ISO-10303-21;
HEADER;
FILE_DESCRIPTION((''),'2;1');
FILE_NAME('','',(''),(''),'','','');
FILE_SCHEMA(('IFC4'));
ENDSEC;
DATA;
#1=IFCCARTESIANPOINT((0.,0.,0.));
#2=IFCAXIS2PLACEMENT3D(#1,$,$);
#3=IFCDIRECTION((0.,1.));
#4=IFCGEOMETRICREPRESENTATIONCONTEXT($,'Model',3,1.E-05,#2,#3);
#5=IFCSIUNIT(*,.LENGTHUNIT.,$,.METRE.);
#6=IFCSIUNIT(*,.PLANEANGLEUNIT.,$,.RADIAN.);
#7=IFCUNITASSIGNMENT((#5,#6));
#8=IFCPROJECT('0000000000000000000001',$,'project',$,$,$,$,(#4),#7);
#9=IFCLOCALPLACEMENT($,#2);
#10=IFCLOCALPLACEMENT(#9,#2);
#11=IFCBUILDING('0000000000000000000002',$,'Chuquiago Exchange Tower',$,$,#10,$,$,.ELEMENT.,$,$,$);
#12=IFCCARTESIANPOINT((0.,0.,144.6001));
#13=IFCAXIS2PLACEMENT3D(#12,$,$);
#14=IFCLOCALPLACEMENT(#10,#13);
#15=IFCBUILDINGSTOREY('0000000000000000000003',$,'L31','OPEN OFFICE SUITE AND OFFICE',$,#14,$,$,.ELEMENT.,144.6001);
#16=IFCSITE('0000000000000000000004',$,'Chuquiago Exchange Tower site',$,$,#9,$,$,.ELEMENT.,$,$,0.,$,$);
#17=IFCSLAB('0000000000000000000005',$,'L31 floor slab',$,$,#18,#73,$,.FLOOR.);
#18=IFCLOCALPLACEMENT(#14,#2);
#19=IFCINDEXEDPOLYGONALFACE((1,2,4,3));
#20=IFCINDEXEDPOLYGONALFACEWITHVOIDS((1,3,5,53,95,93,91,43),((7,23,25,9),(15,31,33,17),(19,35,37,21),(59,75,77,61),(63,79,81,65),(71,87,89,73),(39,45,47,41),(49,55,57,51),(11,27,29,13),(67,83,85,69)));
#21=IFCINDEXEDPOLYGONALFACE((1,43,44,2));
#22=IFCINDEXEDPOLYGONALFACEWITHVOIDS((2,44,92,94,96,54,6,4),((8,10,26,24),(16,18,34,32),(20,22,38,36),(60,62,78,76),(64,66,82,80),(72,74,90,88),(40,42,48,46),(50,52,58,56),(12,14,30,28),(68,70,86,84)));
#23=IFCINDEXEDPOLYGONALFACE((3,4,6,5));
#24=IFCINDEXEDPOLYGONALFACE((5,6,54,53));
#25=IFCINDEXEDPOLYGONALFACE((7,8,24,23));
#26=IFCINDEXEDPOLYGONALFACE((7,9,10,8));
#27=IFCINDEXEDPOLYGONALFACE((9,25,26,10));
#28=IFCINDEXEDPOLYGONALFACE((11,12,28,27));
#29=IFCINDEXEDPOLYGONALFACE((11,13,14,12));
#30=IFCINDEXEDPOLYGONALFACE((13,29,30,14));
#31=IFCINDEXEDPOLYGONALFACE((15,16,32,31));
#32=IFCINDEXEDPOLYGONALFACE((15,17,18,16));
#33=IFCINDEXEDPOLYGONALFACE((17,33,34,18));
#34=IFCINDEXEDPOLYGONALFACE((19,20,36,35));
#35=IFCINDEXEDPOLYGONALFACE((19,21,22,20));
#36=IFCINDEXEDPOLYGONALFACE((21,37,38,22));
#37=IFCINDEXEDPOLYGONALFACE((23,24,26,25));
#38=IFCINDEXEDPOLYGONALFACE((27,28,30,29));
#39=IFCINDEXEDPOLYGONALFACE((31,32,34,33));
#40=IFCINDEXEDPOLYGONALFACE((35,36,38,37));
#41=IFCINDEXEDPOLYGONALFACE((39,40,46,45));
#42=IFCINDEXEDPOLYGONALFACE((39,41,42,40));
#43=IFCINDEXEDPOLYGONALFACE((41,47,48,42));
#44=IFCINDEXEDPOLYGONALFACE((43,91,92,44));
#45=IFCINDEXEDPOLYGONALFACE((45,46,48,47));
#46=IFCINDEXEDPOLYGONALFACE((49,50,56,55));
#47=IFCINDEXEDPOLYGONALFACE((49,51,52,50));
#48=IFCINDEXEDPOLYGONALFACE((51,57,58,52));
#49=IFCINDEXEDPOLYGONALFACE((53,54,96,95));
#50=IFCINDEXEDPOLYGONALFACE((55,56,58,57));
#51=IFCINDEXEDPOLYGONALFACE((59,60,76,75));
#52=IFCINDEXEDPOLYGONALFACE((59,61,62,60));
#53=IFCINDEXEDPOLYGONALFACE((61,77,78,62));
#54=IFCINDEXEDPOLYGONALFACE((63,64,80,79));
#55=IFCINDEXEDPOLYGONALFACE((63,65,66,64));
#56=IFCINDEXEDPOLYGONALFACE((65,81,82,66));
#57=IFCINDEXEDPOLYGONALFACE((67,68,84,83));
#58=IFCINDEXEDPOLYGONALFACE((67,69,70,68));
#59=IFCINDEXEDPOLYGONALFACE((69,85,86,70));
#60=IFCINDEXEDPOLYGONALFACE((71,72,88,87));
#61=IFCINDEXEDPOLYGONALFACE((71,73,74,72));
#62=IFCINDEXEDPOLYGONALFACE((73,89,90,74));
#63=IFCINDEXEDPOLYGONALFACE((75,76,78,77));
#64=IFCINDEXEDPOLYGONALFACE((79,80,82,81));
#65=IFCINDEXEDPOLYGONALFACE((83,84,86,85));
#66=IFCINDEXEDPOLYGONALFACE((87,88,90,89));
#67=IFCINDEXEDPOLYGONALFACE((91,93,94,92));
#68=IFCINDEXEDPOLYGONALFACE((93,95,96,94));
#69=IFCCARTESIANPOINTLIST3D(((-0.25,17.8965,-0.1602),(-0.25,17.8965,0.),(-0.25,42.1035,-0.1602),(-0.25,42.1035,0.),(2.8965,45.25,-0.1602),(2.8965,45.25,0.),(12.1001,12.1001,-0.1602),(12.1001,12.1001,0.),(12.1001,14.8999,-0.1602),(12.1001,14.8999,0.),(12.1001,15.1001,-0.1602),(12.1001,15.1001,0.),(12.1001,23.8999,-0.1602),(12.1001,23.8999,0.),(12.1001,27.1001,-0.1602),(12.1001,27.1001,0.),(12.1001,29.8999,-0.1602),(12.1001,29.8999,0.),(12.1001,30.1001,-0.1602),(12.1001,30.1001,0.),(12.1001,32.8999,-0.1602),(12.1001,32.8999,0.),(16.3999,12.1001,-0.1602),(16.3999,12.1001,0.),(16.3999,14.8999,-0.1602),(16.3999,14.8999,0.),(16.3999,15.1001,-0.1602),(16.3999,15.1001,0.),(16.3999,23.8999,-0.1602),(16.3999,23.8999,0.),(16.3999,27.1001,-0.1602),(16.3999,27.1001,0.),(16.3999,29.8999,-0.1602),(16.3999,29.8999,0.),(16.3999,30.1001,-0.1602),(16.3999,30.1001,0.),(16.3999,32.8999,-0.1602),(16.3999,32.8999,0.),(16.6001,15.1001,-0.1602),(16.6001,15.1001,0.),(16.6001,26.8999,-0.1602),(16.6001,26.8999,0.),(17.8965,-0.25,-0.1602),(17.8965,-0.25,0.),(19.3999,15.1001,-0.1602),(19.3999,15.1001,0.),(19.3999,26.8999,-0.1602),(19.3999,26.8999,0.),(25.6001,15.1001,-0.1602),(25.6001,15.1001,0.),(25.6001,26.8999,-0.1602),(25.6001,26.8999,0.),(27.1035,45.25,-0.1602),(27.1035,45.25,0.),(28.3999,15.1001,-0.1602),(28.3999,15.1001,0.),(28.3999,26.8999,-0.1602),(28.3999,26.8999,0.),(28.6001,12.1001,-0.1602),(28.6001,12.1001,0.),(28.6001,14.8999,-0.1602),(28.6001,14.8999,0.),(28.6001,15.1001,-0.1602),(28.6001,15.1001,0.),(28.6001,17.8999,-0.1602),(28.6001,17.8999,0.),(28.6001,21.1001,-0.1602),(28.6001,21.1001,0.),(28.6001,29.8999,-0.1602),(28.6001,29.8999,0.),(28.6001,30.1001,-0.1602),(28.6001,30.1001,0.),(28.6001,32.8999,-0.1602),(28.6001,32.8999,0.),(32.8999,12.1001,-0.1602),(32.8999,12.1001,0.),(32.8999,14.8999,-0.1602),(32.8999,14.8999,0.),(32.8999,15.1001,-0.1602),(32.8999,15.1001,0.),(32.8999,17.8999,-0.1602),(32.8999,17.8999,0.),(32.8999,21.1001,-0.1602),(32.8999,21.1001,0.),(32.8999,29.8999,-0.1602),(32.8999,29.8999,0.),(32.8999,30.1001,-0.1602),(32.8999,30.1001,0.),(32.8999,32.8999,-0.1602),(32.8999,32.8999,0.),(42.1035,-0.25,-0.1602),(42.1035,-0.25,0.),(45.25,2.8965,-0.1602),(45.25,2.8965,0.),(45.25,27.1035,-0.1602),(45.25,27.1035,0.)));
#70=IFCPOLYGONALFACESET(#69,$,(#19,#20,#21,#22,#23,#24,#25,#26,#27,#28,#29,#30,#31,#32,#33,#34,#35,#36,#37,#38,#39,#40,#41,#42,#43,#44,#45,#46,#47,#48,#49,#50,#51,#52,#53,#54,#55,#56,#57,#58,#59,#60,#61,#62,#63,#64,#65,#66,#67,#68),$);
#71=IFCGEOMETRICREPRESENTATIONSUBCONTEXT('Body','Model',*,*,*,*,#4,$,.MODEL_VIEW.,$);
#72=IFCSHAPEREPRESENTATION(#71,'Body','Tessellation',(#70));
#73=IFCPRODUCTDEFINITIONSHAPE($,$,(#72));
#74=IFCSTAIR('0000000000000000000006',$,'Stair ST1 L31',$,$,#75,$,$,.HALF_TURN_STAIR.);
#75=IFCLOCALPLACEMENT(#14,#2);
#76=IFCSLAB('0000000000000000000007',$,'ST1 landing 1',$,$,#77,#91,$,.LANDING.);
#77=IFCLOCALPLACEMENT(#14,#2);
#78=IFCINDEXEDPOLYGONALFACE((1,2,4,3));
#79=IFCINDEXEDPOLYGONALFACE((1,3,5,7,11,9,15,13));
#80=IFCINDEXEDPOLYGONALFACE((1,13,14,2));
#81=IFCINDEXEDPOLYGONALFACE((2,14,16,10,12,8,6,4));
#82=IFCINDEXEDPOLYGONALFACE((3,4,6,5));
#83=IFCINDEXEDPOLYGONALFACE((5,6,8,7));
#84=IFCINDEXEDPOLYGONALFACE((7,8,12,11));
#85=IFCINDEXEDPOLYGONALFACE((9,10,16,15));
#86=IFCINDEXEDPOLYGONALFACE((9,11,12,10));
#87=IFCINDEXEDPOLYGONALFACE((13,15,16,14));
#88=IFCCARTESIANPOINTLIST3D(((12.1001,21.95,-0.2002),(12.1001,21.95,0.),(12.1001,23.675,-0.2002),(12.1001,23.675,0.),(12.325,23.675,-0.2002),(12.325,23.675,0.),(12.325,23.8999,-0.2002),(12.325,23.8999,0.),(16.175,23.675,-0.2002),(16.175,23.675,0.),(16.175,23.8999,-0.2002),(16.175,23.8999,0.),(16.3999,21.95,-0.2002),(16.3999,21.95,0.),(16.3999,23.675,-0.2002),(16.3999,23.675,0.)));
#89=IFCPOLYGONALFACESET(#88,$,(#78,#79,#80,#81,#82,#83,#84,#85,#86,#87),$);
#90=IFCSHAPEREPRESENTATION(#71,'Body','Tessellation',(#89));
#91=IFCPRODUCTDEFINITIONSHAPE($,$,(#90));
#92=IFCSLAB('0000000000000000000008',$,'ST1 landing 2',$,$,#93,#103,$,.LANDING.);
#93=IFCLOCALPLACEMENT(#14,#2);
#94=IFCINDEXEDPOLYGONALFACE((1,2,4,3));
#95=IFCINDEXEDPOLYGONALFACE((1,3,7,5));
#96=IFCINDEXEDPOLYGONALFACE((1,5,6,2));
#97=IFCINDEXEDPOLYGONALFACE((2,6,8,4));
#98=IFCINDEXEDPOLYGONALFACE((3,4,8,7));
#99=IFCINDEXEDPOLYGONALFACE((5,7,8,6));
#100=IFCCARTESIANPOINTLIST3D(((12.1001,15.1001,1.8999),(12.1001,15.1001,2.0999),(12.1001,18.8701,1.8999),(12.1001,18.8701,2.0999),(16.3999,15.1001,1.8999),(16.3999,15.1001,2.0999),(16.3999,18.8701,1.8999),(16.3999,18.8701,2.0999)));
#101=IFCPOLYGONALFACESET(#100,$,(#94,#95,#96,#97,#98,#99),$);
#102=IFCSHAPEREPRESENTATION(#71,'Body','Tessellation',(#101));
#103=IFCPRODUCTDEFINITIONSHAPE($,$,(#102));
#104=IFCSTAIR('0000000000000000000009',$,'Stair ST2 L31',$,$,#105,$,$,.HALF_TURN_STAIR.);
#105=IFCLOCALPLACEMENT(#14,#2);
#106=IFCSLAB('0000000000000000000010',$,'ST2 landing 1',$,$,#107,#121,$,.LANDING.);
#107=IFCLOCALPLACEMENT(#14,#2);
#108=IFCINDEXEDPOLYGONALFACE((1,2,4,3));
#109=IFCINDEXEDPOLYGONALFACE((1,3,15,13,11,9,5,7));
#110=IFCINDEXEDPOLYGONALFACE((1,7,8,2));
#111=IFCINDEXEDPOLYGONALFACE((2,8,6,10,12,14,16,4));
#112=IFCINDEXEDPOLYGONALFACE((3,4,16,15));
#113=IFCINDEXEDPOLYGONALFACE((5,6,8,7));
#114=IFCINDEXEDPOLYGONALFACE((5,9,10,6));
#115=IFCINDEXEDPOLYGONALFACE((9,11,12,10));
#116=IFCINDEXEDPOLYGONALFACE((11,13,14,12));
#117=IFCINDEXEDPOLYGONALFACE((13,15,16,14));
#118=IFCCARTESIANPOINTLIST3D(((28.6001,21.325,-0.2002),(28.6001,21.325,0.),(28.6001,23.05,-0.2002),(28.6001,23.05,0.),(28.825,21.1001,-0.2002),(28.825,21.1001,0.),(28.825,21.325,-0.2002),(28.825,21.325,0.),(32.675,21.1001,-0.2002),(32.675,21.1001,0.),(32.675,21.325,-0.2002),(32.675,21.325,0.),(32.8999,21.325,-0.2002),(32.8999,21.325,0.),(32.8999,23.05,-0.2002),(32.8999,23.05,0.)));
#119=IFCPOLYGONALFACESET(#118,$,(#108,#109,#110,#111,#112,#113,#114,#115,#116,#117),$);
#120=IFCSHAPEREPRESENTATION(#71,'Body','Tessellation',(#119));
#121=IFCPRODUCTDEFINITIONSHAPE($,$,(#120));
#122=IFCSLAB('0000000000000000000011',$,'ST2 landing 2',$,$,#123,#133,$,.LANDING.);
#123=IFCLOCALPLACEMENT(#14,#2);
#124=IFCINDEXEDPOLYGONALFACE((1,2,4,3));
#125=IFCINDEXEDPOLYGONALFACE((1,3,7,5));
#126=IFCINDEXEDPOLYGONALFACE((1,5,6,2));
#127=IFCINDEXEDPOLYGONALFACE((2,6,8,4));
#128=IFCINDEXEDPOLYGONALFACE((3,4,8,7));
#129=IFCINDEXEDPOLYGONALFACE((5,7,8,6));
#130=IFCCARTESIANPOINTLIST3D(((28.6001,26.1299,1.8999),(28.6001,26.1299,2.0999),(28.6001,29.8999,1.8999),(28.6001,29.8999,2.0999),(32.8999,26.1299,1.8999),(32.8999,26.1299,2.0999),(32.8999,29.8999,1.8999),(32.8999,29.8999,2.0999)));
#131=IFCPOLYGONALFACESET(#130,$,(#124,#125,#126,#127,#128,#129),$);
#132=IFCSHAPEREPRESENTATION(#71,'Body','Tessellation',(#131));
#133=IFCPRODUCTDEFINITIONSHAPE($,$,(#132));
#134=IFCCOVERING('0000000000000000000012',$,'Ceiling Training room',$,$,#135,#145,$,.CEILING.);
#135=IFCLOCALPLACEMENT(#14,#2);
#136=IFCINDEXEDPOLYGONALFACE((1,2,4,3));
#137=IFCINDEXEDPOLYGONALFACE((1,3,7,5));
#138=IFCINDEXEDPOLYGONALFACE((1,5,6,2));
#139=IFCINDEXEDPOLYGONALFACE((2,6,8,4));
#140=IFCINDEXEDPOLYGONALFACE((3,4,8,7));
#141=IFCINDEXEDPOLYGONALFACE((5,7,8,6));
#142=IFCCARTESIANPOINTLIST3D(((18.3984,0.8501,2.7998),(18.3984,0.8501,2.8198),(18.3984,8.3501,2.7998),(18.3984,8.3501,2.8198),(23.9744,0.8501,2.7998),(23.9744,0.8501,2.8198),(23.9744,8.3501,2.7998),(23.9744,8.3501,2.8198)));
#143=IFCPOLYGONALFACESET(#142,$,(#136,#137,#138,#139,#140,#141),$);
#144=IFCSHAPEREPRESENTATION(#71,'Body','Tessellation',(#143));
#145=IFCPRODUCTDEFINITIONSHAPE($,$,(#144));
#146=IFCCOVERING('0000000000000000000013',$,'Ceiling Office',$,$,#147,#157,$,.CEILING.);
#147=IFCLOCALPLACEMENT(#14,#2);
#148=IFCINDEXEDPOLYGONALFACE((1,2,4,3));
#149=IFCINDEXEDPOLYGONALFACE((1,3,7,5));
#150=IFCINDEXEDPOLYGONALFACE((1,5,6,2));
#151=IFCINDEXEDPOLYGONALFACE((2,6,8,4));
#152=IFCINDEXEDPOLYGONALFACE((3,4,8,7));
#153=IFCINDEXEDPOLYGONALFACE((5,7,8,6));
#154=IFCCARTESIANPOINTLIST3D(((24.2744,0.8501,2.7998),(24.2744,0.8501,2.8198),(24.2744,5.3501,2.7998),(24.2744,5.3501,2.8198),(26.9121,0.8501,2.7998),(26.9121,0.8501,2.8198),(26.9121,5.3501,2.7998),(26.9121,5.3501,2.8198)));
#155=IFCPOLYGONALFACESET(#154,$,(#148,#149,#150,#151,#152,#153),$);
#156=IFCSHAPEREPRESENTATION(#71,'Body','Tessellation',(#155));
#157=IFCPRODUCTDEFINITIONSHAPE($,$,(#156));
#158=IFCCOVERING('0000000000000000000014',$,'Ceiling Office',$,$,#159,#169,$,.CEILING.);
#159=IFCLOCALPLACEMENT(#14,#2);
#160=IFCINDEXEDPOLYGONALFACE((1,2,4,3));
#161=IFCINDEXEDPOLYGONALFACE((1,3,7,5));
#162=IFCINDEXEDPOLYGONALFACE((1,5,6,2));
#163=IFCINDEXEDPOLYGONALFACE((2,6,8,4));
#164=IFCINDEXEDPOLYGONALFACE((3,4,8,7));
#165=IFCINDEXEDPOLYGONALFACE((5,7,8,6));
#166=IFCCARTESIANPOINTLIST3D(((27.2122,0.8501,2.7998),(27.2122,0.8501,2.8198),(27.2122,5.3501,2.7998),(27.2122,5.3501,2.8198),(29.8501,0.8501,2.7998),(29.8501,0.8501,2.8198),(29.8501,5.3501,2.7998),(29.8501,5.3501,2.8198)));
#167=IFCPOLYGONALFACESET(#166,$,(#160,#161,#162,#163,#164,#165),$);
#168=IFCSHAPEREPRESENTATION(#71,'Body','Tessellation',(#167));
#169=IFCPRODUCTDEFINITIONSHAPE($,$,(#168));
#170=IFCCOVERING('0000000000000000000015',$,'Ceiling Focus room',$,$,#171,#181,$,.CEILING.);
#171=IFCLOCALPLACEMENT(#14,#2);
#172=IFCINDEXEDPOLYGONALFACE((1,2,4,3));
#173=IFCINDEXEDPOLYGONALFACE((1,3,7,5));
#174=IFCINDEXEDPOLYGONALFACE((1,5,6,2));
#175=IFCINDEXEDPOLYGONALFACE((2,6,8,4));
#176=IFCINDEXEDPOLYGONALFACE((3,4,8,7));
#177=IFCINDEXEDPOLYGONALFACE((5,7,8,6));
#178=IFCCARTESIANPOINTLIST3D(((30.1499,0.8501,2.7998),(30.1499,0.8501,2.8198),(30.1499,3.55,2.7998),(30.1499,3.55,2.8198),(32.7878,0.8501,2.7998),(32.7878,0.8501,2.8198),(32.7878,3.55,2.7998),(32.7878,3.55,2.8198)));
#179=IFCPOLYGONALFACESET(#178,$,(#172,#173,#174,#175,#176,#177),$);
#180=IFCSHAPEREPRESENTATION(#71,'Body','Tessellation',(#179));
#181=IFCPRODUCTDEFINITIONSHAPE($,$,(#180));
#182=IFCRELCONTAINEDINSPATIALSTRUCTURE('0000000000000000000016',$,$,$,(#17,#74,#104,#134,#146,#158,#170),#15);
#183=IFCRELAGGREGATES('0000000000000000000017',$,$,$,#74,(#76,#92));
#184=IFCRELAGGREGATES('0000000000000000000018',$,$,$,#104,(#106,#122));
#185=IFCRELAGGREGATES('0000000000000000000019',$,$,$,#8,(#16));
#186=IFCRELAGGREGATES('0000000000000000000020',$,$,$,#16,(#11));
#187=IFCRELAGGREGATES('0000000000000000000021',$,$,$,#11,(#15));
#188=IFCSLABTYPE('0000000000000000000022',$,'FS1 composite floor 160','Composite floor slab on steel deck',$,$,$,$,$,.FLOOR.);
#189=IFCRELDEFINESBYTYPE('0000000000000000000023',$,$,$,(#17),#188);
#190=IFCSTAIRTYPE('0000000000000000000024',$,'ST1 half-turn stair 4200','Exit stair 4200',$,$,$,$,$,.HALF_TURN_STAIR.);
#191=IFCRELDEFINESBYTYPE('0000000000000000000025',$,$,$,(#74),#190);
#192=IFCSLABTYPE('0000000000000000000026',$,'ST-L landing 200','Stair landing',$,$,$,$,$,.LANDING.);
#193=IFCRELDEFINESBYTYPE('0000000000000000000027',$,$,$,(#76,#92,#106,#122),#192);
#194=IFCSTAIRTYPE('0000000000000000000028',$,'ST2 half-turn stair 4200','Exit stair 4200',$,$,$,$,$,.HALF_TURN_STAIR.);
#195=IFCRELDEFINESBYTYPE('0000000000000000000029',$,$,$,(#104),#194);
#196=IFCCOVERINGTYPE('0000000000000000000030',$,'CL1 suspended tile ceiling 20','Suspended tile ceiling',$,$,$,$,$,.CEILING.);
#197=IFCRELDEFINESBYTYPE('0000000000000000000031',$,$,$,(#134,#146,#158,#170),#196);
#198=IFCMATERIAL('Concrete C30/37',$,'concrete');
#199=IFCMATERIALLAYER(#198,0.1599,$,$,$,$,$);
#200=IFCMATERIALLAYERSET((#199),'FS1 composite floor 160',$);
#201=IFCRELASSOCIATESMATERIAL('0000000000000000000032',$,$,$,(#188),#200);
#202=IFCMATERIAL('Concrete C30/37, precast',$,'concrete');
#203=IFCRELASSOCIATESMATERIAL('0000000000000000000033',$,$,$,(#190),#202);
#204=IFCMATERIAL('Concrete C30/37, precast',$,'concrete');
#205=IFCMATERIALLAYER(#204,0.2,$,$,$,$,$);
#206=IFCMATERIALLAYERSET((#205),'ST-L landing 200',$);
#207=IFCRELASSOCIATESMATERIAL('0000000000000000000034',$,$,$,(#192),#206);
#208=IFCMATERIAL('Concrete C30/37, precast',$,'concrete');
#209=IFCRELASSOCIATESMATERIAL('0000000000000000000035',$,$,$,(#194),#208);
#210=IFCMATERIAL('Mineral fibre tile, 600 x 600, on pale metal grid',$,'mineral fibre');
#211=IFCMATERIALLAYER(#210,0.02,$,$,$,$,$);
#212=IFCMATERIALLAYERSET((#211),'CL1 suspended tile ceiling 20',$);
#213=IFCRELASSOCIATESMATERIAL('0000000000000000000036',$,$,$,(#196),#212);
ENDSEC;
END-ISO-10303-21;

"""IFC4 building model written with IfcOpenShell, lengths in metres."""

from ifc_helpers import new_model, si_unit, direction, frame, origin, place, context, subcontext, project, spatial, polyline, outline, extrude, material, layer, layer_set, type_object, element, aggregate, save


model = new_model("IFC4")

# Units and contexts
model_context = context("Model", 3, precision=1e-05, world=origin(), true_north=direction((0.0, 1.0)))
body_context = subcontext(model_context, "Body", "Model", "MODEL_VIEW")
ifc_project = project(units=[si_unit("LENGTHUNIT", "METRE"), si_unit("PLANEANGLEUNIT", "RADIAN")], contexts=[model_context])

# Site, building, storey
site_placement = place(None, origin())
site = spatial("IfcSite", under=ifc_project, at=site_placement, Name="Chuquiago Exchange Tower site", CompositionType="ELEMENT", RefElevation=0.0)
building_placement = place(site_placement, origin())
building = spatial("IfcBuilding", under=site, at=building_placement, Name="Chuquiago Exchange Tower", CompositionType="ELEMENT")
storey_placement = place(building_placement, frame((0.0, 0.0, 144.6001)))
storey = spatial("IfcBuildingStorey", under=building, at=storey_placement, Name="L31", Description="OPEN OFFICE SUITE AND OFFICE", CompositionType="ELEMENT", Elevation=144.6001)

# Slab
ifc_material_1 = material(Name="Concrete C30/37", Category="concrete")
ifc_layer_1 = layer(ifc_material_1, 0.1599)
ifc_layer_set_1 = layer_set([ifc_layer_1], Name="FS1 composite floor 160")
slab_type_1 = type_object("IfcSlabType", Name="FS1 composite floor 160", Description="Composite floor slab on steel deck", PredefinedType="FLOOR", material=ifc_layer_set_1)
slab_1_placement = place(storey_placement, frame((0.0, 0.0, -0.1602)))
element("IfcSlab", 1, at=slab_1_placement, inside=storey, type_object=slab_type_1, Name="L31 floor slab", PredefinedType="FLOOR", context=body_context, shape_type="SweptSolid", body=[
    extrude(outline(polyline([(17.8965, -0.25), (-0.25, 17.8965), (-0.25, 42.1035), (2.8965, 45.25), (27.1035, 45.25), (45.25, 27.1035), (45.25, 2.8965), (42.1035, -0.25), (17.8965, -0.25)]), holes=[polyline([(16.3999, 15.1001), (12.1001, 15.1001), (12.1001, 23.8999), (16.3999, 23.8999), (16.3999, 15.1001)]), polyline([(32.8999, 21.1001), (28.6001, 21.1001), (28.6001, 29.8999), (32.8999, 29.8999), (32.8999, 21.1001)]), polyline([(16.3999, 12.1001), (12.1001, 12.1001), (12.1001, 14.8999), (16.3999, 14.8999), (16.3999, 12.1001)]), polyline([(16.3999, 30.1001), (12.1001, 30.1001), (12.1001, 32.8999), (16.3999, 32.8999), (16.3999, 30.1001)]), polyline([(32.8999, 12.1001), (28.6001, 12.1001), (28.6001, 14.8999), (32.8999, 14.8999), (32.8999, 12.1001)]), polyline([(32.8999, 30.1001), (28.6001, 30.1001), (28.6001, 32.8999), (32.8999, 32.8999), (32.8999, 30.1001)]), polyline([(16.3999, 27.1001), (12.1001, 27.1001), (12.1001, 29.8999), (16.3999, 29.8999), (16.3999, 27.1001)]), polyline([(32.8999, 15.1001), (28.6001, 15.1001), (28.6001, 17.8999), (32.8999, 17.8999), (32.8999, 15.1001)]), polyline([(19.3999, 15.1001), (16.6001, 15.1001), (16.6001, 26.8999), (19.3999, 26.8999), (19.3999, 15.1001)]), polyline([(28.3999, 15.1001), (25.6001, 15.1001), (25.6001, 26.8999), (28.3999, 26.8999), (28.3999, 15.1001)])]), origin(), (0.0, 0.0, 1.0), 0.1602),
])

# Stairs, slabs
ifc_material_2 = material(Name="Concrete C30/37, precast", Category="concrete")
stair_type_1 = type_object("IfcStairType", Name="ST1 half-turn stair 4200", Description="Exit stair 4200", PredefinedType="HALF_TURN_STAIR", material=ifc_material_2)
stair_1_placement = place(storey_placement, origin())
stair_1 = element("IfcStair", 2, at=stair_1_placement, inside=storey, type_object=stair_type_1, Name="Stair ST1 L31", PredefinedType="HALF_TURN_STAIR")
ifc_material_3 = material(Name="Concrete C30/37, precast", Category="concrete")
ifc_layer_2 = layer(ifc_material_3, 0.2)
ifc_layer_set_2 = layer_set([ifc_layer_2], Name="ST-L landing 200")
slab_type_2 = type_object("IfcSlabType", Name="ST-L landing 200", Description="Stair landing", PredefinedType="LANDING", material=ifc_layer_set_2)
slab_2_placement = place(storey_placement, frame((0.0, 0.0, -0.2002)))
slab_2 = element("IfcSlab", 3, at=slab_2_placement, type_object=slab_type_2, Name="ST1 landing 1", PredefinedType="LANDING", context=body_context, shape_type="SweptSolid", body=[
    extrude(outline(polyline([(12.325, 23.8999), (16.175, 23.8999), (16.175, 23.675), (16.3999, 23.675), (16.3999, 21.95), (12.1001, 21.95), (12.1001, 23.675), (12.325, 23.675), (12.325, 23.8999)])), origin(), (0.0, 0.0, 1.0), 0.2002),
])
slab_3_placement = place(storey_placement, frame((0.0, 0.0, 1.8999)))
slab_3 = element("IfcSlab", 4, at=slab_3_placement, type_object=slab_type_2, Name="ST1 landing 2", PredefinedType="LANDING", context=body_context, shape_type="SweptSolid", body=[
    extrude(outline(polyline([(12.1001, 18.8701), (16.3999, 18.8701), (16.3999, 15.1001), (12.1001, 15.1001), (12.1001, 18.8701)])), origin(), (0.0, 0.0, 1.0), 0.2),
])
aggregate(stair_1, [slab_2, slab_3])
ifc_material_4 = material(Name="Concrete C30/37, precast", Category="concrete")
stair_type_2 = type_object("IfcStairType", Name="ST2 half-turn stair 4200", Description="Exit stair 4200", PredefinedType="HALF_TURN_STAIR", material=ifc_material_4)
stair_2_placement = place(storey_placement, origin())
stair_2 = element("IfcStair", 5, at=stair_2_placement, inside=storey, type_object=stair_type_2, Name="Stair ST2 L31", PredefinedType="HALF_TURN_STAIR")
slab_4_placement = place(storey_placement, frame((0.0, 0.0, -0.2002)))
slab_4 = element("IfcSlab", 6, at=slab_4_placement, type_object=slab_type_2, Name="ST2 landing 1", PredefinedType="LANDING", context=body_context, shape_type="SweptSolid", body=[
    extrude(outline(polyline([(32.675, 21.325), (32.675, 21.1001), (28.825, 21.1001), (28.825, 21.325), (28.6001, 21.325), (28.6001, 23.05), (32.8999, 23.05), (32.8999, 21.325), (32.675, 21.325)])), origin(), (0.0, 0.0, 1.0), 0.2002),
])
slab_5_placement = place(storey_placement, frame((0.0, 0.0, 1.8999)))
slab_5 = element("IfcSlab", 7, at=slab_5_placement, type_object=slab_type_2, Name="ST2 landing 2", PredefinedType="LANDING", context=body_context, shape_type="SweptSolid", body=[
    extrude(outline(polyline([(28.6001, 29.8999), (32.8999, 29.8999), (32.8999, 26.1299), (28.6001, 26.1299), (28.6001, 29.8999)])), origin(), (0.0, 0.0, 1.0), 0.2),
])
aggregate(stair_2, [slab_4, slab_5])

# Coverings
ifc_material_5 = material(Name="Mineral fibre tile, 600 x 600, on pale metal grid", Category="mineral fibre")
ifc_layer_3 = layer(ifc_material_5, 0.02)
ifc_layer_set_3 = layer_set([ifc_layer_3], Name="CL1 suspended tile ceiling 20")
covering_type_1 = type_object("IfcCoveringType", Name="CL1 suspended tile ceiling 20", Description="Suspended tile ceiling", PredefinedType="CEILING", material=ifc_layer_set_3)
covering_1_placement = place(storey_placement, frame((0.0, 0.0, 2.7998)))
element("IfcCovering", 8, at=covering_1_placement, inside=storey, type_object=covering_type_1, Name="Ceiling Training room", PredefinedType="CEILING", context=body_context, shape_type="SweptSolid", body=[
    extrude(outline(polyline([(18.3984, 8.3501), (23.9744, 8.3501), (23.9744, 0.8501), (18.3984, 0.8501), (18.3984, 8.3501)])), origin(), (0.0, 0.0, 1.0), 0.02),
])
covering_2_placement = place(storey_placement, frame((0.0, 0.0, 2.7998)))
element("IfcCovering", 9, at=covering_2_placement, inside=storey, type_object=covering_type_1, Name="Ceiling Office", PredefinedType="CEILING", context=body_context, shape_type="SweptSolid", body=[
    extrude(outline(polyline([(24.2744, 5.3501), (26.9121, 5.3501), (26.9121, 0.8501), (24.2744, 0.8501), (24.2744, 5.3501)])), origin(), (0.0, 0.0, 1.0), 0.02),
])
covering_3_placement = place(storey_placement, frame((0.0, 0.0, 2.7998)))
element("IfcCovering", 10, at=covering_3_placement, inside=storey, type_object=covering_type_1, Name="Ceiling Office", PredefinedType="CEILING", context=body_context, shape_type="SweptSolid", body=[
    extrude(outline(polyline([(27.2122, 5.3501), (29.8501, 5.3501), (29.8501, 0.8501), (27.2122, 0.8501), (27.2122, 5.3501)])), origin(), (0.0, 0.0, 1.0), 0.02),
])
covering_4_placement = place(storey_placement, frame((0.0, 0.0, 2.7998)))
element("IfcCovering", 11, at=covering_4_placement, inside=storey, type_object=covering_type_1, Name="Ceiling Focus room", PredefinedType="CEILING", context=body_context, shape_type="SweptSolid", body=[
    extrude(outline(polyline([(30.1499, 3.55), (32.7878, 3.55), (32.7878, 0.8501), (30.1499, 0.8501), (30.1499, 3.55)])), origin(), (0.0, 0.0, 1.0), 0.02),
])

save(model, "model.ifc")
